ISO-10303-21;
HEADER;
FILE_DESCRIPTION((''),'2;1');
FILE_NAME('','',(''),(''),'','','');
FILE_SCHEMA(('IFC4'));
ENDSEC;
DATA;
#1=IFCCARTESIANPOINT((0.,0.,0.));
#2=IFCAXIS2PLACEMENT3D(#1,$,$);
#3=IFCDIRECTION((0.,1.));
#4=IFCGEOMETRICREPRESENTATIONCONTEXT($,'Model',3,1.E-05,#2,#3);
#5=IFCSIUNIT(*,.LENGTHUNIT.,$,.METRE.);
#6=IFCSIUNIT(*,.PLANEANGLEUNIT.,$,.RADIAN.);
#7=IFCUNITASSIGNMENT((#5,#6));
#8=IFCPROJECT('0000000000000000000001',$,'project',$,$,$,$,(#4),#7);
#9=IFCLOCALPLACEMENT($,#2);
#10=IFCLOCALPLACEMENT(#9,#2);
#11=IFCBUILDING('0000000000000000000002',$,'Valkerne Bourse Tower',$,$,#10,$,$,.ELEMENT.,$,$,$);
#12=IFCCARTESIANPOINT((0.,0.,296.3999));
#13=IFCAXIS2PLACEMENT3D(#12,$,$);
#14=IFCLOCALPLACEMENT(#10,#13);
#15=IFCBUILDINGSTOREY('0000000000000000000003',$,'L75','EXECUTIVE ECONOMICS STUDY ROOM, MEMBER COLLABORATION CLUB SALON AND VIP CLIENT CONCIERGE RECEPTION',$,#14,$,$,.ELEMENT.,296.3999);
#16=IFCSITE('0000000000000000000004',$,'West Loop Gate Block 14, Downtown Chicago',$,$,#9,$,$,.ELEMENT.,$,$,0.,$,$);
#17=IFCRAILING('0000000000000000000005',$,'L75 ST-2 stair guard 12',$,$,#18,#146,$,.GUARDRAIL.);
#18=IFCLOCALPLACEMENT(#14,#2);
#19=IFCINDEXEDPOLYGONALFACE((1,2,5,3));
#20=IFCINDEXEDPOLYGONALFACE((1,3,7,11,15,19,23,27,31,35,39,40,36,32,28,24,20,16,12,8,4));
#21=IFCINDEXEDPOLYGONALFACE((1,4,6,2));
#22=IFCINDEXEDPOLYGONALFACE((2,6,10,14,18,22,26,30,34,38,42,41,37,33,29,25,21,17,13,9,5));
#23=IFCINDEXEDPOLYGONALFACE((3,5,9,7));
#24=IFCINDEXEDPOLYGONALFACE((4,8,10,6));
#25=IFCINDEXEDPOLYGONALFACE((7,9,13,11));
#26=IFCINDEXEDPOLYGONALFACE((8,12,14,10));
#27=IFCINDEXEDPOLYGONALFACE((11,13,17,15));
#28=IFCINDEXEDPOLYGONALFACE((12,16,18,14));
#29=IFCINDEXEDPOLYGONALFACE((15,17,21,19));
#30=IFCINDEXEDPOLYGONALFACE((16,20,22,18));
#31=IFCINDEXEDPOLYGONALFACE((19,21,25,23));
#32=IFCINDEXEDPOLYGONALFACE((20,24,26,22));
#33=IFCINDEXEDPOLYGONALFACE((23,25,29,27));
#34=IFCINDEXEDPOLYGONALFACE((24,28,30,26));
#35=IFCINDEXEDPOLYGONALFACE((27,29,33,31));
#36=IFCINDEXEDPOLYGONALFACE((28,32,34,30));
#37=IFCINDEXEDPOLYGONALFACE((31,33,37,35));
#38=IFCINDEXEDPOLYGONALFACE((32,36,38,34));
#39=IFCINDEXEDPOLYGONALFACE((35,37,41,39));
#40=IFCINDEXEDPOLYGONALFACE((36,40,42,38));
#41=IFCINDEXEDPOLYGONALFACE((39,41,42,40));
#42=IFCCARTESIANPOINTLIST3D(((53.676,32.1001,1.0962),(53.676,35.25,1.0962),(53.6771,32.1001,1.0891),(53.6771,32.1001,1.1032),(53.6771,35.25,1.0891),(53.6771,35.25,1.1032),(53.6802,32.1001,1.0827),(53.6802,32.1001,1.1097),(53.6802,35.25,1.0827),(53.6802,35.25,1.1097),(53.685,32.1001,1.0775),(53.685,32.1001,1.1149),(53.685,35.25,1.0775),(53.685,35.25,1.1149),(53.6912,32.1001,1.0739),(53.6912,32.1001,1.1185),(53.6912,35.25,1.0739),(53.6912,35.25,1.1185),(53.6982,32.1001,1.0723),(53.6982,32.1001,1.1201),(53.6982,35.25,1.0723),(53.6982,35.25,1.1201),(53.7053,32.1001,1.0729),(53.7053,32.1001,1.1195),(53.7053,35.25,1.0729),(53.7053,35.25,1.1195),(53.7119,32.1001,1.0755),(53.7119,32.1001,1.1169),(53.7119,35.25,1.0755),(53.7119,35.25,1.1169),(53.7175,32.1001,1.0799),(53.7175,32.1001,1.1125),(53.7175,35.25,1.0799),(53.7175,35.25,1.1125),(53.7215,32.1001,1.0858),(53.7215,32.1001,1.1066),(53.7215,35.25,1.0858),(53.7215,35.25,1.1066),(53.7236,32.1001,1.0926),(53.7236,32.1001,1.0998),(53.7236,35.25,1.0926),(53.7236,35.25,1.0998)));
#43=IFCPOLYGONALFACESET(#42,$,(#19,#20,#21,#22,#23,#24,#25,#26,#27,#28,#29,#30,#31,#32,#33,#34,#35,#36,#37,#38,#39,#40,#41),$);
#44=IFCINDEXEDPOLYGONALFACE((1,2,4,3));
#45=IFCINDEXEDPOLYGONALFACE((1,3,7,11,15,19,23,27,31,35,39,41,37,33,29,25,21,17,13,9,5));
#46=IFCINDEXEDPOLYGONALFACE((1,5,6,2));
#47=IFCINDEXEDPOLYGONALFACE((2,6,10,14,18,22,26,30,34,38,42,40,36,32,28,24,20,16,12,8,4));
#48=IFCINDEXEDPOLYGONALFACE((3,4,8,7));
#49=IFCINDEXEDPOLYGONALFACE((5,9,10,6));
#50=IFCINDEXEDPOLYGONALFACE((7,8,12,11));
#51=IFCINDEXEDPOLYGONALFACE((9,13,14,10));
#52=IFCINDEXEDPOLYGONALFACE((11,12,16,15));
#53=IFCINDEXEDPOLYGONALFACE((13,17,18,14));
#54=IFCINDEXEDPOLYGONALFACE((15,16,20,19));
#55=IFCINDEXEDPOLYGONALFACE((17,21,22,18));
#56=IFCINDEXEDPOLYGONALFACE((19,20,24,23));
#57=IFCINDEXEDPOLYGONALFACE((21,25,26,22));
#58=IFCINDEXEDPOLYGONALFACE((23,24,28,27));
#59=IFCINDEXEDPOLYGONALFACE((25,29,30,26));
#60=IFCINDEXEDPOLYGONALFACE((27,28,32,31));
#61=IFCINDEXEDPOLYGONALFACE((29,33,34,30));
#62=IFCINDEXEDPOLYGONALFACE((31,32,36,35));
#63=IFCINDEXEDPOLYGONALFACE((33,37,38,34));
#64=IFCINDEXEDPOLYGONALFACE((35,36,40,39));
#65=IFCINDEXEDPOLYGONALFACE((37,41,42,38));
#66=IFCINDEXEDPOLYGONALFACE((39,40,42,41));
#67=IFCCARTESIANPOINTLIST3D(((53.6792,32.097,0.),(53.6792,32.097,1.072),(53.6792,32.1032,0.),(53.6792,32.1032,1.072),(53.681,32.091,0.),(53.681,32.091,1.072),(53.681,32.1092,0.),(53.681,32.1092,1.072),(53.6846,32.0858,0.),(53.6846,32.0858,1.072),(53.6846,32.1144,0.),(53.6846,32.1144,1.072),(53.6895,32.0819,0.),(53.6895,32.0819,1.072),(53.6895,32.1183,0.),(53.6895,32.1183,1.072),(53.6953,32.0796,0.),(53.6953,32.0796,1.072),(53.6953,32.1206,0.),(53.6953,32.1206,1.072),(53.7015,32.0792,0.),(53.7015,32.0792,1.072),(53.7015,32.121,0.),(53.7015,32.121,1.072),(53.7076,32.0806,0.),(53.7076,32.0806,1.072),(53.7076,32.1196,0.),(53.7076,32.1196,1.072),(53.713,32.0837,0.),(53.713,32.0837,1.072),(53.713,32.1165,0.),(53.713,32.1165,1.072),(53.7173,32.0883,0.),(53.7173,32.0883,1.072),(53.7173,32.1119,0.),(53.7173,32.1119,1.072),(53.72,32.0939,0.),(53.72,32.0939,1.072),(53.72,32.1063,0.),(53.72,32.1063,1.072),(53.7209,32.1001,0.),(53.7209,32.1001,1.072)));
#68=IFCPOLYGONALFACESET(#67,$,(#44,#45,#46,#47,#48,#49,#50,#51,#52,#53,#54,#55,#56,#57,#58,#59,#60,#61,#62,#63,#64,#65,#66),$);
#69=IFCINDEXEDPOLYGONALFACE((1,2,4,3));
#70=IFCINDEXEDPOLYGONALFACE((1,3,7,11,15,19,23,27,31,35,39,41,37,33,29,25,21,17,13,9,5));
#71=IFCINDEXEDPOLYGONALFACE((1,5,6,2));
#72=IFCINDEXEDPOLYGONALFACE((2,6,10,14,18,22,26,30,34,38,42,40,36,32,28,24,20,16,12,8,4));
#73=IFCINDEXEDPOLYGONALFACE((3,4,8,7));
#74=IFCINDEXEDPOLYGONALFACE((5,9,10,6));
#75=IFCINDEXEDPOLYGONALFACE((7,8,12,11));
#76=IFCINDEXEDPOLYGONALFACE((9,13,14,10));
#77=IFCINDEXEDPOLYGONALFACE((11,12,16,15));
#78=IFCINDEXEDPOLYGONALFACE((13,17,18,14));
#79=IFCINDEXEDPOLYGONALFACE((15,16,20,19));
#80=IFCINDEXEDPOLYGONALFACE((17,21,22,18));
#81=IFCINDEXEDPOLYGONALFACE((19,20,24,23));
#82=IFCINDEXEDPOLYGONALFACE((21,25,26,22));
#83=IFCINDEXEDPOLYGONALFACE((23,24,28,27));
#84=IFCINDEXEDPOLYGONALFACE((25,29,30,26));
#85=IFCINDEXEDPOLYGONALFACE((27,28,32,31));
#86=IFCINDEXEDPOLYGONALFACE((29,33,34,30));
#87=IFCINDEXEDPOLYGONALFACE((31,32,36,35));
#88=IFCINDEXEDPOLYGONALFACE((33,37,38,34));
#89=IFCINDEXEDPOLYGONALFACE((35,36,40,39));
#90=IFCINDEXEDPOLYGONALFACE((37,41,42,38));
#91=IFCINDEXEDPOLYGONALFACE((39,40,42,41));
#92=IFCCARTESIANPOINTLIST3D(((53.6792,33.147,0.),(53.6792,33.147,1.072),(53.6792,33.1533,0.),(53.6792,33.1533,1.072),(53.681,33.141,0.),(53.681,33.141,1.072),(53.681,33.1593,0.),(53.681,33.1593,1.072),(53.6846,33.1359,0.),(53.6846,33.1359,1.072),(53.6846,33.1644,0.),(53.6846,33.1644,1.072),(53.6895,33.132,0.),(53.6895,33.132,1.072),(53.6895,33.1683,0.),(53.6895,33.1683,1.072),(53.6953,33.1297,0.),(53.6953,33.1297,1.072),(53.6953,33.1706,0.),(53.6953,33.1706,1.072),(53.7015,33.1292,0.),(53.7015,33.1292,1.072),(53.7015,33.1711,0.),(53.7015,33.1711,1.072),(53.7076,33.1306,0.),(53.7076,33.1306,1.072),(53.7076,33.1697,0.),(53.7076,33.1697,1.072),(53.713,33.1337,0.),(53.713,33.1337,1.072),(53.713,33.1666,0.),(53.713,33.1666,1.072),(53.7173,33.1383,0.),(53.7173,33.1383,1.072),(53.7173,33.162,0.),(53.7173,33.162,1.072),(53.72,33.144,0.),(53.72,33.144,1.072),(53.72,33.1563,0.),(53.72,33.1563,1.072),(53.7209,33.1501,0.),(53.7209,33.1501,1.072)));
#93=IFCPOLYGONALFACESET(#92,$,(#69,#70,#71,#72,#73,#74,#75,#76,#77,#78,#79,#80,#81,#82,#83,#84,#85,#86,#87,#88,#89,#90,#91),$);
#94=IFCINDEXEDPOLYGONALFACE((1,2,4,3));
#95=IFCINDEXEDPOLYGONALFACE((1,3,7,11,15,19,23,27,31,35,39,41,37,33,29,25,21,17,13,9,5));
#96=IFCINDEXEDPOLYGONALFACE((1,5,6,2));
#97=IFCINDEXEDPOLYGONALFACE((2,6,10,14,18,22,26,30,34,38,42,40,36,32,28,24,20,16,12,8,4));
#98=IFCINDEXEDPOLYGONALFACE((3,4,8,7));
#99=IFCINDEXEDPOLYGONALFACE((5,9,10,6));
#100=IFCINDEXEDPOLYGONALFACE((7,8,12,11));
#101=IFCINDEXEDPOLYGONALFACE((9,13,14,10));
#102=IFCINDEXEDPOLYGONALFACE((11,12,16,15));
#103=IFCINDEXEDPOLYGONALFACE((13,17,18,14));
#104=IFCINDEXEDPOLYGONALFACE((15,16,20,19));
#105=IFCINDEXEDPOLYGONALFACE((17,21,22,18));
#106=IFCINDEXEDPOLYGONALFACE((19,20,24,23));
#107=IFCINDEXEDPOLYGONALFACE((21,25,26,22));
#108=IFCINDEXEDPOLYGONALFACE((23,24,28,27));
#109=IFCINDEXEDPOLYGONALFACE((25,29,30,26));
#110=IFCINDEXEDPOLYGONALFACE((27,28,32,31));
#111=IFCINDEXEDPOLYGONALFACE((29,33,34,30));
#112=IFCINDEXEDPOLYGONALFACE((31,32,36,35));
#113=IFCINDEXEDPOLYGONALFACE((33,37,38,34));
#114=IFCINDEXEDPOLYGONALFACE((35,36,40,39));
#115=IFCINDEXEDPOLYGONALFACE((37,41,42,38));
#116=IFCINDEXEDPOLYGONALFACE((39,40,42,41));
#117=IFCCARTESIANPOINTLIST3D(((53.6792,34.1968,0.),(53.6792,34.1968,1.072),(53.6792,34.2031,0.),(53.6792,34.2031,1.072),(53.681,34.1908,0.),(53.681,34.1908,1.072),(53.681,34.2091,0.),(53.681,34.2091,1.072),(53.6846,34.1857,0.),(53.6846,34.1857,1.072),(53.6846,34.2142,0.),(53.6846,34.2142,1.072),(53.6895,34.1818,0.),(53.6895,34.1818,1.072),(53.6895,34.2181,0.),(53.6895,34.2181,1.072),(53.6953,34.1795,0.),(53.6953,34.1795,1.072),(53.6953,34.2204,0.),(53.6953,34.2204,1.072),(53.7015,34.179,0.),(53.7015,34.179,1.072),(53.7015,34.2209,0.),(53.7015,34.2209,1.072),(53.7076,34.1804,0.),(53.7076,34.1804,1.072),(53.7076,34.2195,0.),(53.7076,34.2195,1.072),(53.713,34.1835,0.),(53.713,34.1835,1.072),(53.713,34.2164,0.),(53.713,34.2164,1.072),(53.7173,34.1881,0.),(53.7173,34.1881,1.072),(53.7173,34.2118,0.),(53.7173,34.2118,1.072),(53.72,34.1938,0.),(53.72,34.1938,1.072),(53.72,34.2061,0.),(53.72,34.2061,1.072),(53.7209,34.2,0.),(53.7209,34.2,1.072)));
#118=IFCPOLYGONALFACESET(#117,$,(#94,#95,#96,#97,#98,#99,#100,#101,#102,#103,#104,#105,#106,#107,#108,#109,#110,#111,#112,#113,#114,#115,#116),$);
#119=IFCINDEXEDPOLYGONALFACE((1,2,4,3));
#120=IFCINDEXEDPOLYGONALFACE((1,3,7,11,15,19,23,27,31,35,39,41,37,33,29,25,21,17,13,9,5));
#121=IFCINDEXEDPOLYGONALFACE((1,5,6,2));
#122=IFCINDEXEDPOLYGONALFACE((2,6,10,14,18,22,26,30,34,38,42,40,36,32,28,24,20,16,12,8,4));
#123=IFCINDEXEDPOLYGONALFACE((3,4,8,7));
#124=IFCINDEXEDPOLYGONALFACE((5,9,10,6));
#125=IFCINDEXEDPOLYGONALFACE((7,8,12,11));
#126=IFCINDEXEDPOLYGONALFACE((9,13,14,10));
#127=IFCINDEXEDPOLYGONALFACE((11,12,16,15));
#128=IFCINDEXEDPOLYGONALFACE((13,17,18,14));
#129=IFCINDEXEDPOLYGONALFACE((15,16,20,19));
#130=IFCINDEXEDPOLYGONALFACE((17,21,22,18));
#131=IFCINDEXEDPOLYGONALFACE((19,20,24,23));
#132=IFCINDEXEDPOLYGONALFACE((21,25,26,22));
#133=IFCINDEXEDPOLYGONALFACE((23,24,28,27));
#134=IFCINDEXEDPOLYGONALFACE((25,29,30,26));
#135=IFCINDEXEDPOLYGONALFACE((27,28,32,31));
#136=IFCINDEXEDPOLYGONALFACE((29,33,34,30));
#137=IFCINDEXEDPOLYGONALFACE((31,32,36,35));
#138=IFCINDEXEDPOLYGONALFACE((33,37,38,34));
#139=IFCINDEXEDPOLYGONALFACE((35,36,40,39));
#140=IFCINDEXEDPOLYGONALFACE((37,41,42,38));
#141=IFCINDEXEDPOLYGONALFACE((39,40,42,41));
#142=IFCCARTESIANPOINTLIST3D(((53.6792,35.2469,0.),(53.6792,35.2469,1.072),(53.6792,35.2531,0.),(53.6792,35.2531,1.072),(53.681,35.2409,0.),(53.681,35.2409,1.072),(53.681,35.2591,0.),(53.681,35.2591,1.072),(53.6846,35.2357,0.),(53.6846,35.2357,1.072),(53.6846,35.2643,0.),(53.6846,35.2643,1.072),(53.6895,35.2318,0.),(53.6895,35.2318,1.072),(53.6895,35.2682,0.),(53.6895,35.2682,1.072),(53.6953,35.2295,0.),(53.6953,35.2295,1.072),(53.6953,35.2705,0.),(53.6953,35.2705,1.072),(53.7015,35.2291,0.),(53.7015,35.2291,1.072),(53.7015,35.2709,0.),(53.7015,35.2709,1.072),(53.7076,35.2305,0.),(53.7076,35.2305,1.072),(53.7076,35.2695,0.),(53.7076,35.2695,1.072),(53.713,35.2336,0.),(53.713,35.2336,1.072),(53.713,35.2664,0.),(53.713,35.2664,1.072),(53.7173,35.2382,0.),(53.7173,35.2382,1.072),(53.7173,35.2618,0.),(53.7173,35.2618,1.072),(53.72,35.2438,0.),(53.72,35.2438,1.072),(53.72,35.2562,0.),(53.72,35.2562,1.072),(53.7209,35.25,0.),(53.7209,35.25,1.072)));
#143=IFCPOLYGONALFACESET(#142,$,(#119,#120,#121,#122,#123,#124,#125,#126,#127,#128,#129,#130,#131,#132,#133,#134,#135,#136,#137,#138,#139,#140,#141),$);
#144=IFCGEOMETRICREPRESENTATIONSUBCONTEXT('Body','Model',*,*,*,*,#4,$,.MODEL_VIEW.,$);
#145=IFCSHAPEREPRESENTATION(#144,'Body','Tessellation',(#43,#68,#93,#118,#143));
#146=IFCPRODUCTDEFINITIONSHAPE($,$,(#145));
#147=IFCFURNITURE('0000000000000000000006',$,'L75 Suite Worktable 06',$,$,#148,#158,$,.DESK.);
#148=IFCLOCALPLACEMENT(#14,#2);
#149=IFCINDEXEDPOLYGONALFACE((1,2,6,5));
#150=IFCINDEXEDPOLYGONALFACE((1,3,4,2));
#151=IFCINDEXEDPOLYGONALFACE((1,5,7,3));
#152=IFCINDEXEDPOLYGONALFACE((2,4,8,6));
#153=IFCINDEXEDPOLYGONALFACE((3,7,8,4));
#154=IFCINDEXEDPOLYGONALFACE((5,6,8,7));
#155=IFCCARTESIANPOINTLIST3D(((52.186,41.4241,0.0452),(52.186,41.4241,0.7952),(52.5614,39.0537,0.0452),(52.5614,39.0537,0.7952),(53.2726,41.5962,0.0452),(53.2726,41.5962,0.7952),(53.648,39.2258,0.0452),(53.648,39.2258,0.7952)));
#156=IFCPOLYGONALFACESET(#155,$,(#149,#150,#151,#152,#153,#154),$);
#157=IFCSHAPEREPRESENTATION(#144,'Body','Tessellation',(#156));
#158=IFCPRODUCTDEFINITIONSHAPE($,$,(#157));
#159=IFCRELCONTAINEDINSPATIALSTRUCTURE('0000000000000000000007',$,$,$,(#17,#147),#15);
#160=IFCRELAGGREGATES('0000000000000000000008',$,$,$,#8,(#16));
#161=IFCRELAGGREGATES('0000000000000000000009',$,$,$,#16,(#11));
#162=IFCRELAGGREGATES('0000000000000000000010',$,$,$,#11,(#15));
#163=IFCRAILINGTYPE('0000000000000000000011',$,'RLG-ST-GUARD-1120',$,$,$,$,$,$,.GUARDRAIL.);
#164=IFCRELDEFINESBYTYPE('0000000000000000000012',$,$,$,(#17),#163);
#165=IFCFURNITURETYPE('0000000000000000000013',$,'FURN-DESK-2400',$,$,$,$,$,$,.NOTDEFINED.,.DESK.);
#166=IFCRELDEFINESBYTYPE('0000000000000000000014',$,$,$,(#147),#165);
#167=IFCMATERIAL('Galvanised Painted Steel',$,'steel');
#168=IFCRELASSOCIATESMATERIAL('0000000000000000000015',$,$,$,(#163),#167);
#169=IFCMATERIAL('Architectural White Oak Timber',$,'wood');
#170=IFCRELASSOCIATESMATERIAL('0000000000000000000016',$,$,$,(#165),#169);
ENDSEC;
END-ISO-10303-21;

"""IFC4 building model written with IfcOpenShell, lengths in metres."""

from ifc_helpers import new_model, si_unit, direction, frame, origin, origin_2d, place, context, subcontext, project, spatial, rectangle, circle, extrude, material, type_object, element, save


model = new_model("IFC4")

# Units and contexts
model_context = context("Model", 3, precision=1e-05, world=origin(), true_north=direction((0.0, 1.0)))
body_context = subcontext(model_context, "Body", "Model", "MODEL_VIEW")
ifc_project = project(units=[si_unit("LENGTHUNIT", "METRE"), si_unit("PLANEANGLEUNIT", "RADIAN")], contexts=[model_context])

# Site, building, storey
site_placement = place(None, origin())
site = spatial("IfcSite", under=ifc_project, at=site_placement, Name="West Loop Gate Block 14, Downtown Chicago", CompositionType="ELEMENT", RefElevation=0.0)
building_placement = place(site_placement, origin())
building = spatial("IfcBuilding", under=site, at=building_placement, Name="Valkerne Bourse Tower", CompositionType="ELEMENT")
storey_placement = place(building_placement, frame((0.0, 0.0, 296.3999)))
storey = spatial("IfcBuildingStorey", under=building, at=storey_placement, Name="L75", Description="EXECUTIVE ECONOMICS STUDY ROOM, MEMBER COLLABORATION CLUB SALON AND VIP CLIENT CONCIERGE RECEPTION", CompositionType="ELEMENT", Elevation=296.3999)

# Shared definitions
ifc_material_1 = material(Name="Architectural White Oak Timber", Category="wood")

# Railing
ifc_material_2 = material(Name="Galvanised Painted Steel", Category="steel")
railing_type = type_object("IfcRailingType", Name="RLG-ST-GUARD-1120", PredefinedType="GUARDRAIL", material=ifc_material_2)
railing_1_placement = place(storey_placement, frame((53.7, 32.1001, 0.0)))
element("IfcRailing", 1, at=railing_1_placement, inside=storey, type_object=railing_type, Name="L75 ST-2 stair guard 12", PredefinedType="GUARDRAIL", context=body_context, shape_type="SweptSolid", body=[
    extrude(circle(Radius=0.0239, at=origin_2d()), frame((0.0, 0.0, 1.0962), z_axis=(0.0, 1.0, 0.0), x_axis=(-1.0, 0.0, 0.0)), (0.0, 0.0, 1.0), 3.1499),
    extrude(circle(Radius=0.021, at=origin_2d()), origin(), (0.0, 0.0, 1.0), 1.072),
    extrude(circle(Radius=0.021, at=origin_2d()), frame((0.0, 1.05, 0.0)), (0.0, 0.0, 1.0), 1.072),
    extrude(circle(Radius=0.021, at=origin_2d()), frame((0.0, 2.0999, 0.0)), (0.0, 0.0, 1.0), 1.072),
    extrude(circle(Radius=0.021, at=origin_2d()), frame((0.0, 3.1499, 0.0)), (0.0, 0.0, 1.0), 1.072),
])

# Furniture
furniture_type = type_object("IfcFurnitureType", Name="FURN-DESK-2400", AssemblyPlace="NOTDEFINED", PredefinedType="DESK", material=ifc_material_1)
furniture_placement = place(storey_placement, frame((52.917, 40.325, 0.0452), z_axis=(0.0, 0.0, 1.0), x_axis=(-0.156434, 0.987688, 0.0)))
element("IfcFurniture", 2, at=furniture_placement, inside=storey, type_object=furniture_type, Name="L75 Suite Worktable 06", PredefinedType="DESK", context=body_context, shape_type="SweptSolid", body=[
    extrude(rectangle(XDim=2.3999, YDim=1.1001, at=origin_2d()), origin(), (0.0, 0.0, 1.0), 0.75),
])

save(model, "model.ifc")
